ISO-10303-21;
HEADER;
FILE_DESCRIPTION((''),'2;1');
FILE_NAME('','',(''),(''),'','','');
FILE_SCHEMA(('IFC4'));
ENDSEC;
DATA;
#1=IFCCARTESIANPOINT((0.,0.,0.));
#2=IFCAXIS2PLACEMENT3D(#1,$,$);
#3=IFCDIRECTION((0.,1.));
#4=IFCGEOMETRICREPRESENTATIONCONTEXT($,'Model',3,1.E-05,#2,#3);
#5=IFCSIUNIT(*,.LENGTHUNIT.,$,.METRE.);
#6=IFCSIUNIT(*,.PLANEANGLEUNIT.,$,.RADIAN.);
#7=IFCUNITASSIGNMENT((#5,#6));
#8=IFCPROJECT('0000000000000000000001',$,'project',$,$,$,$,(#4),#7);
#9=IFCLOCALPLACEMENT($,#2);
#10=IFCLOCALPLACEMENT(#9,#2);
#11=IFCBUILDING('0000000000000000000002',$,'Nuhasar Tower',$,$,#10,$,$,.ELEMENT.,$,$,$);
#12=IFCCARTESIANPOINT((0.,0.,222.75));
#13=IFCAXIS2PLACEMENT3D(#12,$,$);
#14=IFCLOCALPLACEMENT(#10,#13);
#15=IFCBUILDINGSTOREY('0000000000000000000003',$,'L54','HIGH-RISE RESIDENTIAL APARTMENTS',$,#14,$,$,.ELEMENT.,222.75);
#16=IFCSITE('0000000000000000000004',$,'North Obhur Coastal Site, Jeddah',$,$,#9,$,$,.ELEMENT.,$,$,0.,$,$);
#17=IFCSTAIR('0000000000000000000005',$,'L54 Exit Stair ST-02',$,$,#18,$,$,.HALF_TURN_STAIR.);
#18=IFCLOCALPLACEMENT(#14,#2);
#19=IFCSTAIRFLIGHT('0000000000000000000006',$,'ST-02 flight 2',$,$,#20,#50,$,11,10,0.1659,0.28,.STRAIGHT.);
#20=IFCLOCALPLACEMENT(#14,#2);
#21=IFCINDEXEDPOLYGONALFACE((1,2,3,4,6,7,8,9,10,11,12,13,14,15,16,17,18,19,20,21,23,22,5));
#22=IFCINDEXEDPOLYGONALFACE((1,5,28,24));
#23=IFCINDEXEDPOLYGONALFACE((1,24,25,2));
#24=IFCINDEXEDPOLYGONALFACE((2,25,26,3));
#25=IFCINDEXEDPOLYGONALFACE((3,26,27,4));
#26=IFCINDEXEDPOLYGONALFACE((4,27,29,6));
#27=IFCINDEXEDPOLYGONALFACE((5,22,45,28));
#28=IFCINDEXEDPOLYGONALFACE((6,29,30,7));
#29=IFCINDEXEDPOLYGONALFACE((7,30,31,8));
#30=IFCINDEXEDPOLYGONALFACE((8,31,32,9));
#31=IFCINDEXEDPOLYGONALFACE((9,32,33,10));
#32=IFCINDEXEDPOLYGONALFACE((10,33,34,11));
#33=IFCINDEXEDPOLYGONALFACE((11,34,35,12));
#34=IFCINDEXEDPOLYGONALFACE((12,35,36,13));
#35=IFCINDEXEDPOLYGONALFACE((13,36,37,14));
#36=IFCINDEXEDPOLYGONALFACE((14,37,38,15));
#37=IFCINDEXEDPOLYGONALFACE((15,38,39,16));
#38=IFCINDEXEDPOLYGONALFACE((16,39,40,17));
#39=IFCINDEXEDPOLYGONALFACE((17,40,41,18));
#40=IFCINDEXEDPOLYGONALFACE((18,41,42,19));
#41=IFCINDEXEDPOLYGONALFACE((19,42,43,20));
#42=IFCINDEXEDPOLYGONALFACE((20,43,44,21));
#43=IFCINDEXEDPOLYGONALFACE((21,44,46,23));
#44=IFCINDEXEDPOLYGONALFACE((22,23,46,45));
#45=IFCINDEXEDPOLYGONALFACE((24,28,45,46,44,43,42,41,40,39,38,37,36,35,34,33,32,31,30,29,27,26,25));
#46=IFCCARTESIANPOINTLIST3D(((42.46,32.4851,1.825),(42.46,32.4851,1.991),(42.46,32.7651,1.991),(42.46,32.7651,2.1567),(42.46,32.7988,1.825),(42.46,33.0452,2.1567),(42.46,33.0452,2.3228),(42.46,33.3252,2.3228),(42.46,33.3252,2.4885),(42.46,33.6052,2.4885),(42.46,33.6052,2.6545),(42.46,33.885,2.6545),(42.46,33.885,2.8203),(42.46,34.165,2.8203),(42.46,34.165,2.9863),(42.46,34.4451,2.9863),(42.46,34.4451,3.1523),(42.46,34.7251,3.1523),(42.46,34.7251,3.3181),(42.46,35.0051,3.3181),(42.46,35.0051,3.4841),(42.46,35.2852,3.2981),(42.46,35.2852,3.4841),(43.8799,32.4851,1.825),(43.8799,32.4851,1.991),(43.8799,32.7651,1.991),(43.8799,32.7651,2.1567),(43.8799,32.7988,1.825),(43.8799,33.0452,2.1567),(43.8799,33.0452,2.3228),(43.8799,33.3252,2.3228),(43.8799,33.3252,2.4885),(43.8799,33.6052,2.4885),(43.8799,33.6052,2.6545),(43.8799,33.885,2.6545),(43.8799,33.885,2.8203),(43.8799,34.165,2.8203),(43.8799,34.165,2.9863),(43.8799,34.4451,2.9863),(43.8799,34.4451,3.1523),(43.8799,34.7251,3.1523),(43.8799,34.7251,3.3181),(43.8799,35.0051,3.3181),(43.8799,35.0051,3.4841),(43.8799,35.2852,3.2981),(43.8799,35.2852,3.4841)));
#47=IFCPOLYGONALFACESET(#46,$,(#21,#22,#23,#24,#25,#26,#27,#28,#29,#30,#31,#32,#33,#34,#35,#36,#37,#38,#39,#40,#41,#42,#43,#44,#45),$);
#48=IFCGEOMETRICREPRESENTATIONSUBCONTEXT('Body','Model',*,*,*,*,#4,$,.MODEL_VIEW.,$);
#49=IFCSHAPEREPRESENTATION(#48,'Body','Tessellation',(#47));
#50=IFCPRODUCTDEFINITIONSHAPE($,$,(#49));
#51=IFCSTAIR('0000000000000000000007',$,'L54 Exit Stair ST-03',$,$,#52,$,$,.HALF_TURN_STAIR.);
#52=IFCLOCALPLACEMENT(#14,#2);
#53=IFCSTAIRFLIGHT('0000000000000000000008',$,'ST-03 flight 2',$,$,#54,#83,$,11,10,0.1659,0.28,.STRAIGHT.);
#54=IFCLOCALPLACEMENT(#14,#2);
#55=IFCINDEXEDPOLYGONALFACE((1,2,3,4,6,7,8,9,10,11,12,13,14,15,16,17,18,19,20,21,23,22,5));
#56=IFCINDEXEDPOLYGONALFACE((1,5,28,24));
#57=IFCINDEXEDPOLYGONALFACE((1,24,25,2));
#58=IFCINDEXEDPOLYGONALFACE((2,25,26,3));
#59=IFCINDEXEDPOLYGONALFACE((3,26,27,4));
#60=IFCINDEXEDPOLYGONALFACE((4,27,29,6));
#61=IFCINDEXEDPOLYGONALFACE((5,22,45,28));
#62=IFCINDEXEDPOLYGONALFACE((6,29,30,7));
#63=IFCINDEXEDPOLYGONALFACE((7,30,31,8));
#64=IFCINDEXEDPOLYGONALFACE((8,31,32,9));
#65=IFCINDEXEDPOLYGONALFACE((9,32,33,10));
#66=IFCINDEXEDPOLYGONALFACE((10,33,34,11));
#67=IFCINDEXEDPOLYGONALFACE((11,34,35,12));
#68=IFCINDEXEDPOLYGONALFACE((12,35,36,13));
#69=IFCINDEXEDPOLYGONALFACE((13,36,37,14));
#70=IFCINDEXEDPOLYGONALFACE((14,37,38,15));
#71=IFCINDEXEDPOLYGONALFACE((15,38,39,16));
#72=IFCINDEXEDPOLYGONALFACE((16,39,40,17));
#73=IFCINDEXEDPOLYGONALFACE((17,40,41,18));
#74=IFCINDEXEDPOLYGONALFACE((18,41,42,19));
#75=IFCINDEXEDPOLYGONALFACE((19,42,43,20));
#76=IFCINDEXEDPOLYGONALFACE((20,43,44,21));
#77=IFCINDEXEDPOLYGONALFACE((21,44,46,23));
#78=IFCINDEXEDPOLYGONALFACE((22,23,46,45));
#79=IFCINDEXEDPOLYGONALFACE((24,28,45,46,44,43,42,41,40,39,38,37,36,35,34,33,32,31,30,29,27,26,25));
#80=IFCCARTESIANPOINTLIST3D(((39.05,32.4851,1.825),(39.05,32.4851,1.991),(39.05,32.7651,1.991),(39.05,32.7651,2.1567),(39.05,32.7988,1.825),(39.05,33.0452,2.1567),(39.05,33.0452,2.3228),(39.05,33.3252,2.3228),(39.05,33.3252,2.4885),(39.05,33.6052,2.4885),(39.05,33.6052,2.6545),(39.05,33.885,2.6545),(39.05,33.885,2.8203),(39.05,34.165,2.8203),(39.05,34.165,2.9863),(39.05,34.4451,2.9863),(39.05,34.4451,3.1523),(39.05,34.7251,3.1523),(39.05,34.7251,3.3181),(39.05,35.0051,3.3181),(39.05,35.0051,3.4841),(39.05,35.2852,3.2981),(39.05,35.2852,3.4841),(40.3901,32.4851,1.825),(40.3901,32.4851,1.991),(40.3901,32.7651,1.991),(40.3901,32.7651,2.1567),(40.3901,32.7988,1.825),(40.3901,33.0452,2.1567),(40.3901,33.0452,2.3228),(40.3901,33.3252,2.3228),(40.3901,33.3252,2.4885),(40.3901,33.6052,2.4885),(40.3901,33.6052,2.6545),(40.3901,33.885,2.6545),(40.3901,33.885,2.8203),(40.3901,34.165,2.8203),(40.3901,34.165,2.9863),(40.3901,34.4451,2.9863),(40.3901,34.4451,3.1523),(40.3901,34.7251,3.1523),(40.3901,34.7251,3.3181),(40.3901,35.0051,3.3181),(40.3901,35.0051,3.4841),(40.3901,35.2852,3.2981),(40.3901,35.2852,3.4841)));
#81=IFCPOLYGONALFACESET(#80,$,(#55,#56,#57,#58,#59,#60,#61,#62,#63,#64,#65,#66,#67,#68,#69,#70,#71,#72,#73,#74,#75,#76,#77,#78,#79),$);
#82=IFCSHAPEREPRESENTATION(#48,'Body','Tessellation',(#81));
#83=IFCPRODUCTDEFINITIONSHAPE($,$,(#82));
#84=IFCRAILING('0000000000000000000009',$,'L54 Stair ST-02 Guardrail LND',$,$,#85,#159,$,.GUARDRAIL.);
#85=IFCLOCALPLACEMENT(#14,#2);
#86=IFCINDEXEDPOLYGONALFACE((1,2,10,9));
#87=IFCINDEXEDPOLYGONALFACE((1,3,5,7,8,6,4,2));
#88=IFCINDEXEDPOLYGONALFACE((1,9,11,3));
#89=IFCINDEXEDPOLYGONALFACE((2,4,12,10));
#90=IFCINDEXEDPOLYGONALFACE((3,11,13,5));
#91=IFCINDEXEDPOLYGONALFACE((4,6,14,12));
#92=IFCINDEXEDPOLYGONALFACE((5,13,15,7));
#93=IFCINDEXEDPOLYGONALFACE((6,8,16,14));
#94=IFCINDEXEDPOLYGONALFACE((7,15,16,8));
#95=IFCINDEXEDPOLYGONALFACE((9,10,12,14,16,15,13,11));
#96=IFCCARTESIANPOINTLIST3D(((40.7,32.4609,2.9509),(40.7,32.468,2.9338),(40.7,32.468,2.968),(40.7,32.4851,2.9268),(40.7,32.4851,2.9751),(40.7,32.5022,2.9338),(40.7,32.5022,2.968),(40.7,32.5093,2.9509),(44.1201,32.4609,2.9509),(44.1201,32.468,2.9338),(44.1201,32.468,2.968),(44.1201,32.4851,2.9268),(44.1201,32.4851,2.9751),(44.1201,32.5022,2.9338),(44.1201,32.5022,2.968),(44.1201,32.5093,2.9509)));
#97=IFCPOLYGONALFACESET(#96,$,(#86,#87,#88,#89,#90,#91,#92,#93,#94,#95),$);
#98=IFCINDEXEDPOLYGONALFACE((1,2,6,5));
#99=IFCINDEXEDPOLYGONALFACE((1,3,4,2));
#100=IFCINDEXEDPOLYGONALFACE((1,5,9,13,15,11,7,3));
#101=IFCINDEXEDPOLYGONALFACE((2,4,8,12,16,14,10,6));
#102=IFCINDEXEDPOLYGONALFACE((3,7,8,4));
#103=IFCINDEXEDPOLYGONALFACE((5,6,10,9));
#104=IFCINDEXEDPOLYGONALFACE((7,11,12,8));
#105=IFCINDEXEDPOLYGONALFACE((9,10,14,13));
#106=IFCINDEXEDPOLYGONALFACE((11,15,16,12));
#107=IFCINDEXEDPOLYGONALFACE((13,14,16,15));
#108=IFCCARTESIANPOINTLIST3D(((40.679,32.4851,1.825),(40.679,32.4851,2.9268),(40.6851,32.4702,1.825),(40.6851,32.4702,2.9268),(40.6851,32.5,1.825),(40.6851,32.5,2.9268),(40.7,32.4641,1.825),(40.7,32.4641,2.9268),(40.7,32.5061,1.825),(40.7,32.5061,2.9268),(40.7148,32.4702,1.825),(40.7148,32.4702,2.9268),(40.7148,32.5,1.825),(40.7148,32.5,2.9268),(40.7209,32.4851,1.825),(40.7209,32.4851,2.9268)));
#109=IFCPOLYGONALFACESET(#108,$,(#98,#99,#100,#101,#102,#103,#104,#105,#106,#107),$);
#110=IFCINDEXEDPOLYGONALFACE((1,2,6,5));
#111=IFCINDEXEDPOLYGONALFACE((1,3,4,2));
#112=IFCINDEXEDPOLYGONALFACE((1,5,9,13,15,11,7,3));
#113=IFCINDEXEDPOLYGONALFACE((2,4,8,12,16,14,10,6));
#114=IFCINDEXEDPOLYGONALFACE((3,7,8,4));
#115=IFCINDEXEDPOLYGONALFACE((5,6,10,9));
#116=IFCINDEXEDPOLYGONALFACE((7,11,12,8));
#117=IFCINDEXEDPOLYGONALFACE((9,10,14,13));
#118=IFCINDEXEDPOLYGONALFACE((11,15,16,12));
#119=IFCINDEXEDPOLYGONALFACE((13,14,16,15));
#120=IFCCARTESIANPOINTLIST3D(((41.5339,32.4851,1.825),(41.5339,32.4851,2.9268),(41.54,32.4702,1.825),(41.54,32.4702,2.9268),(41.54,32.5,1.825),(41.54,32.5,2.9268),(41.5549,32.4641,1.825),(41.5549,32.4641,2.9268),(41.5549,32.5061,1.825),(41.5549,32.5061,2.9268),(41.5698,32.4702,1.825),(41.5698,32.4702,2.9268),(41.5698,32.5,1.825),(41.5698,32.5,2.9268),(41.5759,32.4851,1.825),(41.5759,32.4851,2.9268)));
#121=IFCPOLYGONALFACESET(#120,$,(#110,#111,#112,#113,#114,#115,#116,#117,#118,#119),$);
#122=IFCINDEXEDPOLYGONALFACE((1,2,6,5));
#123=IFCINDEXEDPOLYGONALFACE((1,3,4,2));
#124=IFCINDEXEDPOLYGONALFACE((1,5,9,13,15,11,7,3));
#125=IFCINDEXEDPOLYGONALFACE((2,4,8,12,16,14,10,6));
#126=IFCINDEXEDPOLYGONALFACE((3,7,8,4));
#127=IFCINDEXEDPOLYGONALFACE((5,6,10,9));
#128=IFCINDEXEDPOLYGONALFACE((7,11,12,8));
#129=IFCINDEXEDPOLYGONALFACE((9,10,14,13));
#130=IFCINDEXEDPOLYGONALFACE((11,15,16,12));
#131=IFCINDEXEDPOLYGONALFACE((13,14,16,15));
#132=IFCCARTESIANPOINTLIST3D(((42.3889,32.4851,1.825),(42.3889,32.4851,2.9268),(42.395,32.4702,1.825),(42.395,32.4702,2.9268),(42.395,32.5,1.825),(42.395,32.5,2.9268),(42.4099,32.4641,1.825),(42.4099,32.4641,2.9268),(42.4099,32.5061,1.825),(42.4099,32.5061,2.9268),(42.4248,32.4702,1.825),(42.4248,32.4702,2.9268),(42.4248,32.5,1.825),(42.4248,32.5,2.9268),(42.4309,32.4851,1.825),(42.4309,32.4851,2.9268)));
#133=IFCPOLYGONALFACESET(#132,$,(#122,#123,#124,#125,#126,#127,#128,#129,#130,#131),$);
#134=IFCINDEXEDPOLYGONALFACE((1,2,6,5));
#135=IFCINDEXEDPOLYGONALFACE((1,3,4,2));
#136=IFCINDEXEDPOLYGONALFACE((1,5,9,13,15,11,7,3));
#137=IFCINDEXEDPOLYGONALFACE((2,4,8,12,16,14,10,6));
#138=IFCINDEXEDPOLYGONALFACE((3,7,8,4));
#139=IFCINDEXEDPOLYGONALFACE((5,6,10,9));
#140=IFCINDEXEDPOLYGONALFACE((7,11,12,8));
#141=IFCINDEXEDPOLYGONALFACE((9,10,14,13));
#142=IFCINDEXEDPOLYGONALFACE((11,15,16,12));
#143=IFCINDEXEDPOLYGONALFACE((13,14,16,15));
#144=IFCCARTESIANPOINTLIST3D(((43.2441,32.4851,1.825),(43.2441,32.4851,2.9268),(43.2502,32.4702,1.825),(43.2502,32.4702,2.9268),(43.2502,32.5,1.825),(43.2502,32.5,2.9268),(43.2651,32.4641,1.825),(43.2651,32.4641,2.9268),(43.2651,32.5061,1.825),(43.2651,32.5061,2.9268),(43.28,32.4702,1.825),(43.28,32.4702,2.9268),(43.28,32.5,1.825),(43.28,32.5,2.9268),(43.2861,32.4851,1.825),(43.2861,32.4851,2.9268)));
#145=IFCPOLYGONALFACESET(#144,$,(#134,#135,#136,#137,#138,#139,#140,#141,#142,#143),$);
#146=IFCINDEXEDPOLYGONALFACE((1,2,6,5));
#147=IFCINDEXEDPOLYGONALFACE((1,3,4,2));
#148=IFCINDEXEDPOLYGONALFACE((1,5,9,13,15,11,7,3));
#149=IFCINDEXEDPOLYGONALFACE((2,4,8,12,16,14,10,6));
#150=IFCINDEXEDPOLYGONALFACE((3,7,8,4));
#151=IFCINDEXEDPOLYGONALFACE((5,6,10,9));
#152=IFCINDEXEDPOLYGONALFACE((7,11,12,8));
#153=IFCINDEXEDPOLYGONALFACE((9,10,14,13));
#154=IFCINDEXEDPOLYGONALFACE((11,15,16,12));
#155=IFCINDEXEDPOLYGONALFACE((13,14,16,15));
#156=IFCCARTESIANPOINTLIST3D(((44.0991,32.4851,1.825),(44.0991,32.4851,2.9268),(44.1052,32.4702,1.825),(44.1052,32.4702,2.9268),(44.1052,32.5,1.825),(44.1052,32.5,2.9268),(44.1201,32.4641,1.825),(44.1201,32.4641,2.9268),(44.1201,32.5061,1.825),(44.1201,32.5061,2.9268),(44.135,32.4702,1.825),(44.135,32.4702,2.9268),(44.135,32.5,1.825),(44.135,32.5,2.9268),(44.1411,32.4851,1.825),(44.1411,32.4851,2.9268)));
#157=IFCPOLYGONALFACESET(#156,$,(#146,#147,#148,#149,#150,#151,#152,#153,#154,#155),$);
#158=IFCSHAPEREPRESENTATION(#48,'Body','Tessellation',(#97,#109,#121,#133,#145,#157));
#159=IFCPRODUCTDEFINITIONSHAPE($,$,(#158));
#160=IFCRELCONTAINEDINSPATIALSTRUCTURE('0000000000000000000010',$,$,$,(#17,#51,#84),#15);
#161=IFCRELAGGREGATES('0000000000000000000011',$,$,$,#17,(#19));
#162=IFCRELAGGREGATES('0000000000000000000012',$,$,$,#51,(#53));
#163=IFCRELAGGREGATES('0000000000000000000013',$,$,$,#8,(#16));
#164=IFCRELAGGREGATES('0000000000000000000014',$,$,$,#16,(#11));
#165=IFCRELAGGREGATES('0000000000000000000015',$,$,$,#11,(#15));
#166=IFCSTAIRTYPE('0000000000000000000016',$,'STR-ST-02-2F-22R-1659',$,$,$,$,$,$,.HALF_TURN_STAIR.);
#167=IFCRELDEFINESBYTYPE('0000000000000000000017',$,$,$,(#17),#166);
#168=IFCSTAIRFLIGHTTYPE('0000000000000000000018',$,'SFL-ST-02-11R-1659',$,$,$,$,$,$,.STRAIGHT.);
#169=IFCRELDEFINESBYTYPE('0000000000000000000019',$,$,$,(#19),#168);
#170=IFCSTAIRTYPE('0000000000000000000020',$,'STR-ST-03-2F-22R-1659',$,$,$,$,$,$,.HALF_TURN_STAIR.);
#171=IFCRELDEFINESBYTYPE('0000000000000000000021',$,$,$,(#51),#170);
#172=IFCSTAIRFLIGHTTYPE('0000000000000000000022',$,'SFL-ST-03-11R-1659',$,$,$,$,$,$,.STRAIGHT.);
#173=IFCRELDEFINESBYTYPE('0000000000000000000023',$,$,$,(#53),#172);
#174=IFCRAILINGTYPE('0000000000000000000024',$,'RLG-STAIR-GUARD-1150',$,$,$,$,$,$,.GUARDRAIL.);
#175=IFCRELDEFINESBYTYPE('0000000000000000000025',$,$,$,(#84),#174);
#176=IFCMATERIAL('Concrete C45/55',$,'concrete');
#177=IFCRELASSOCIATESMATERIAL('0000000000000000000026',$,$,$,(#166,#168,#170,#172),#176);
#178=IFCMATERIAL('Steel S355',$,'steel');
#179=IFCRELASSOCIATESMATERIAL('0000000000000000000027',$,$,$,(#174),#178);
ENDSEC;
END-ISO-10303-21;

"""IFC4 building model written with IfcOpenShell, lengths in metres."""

from ifc_helpers import new_model, si_unit, direction, frame, origin, place, context, subcontext, project, spatial, polyline, outline, extrude, material, type_object, element, aggregate, save


model = new_model("IFC4")

# Units and contexts
model_context = context("Model", 3, precision=1e-05, world=origin(), true_north=direction((0.0, 1.0)))
body_context = subcontext(model_context, "Body", "Model", "MODEL_VIEW")
ifc_project = project(units=[si_unit("LENGTHUNIT", "METRE"), si_unit("PLANEANGLEUNIT", "RADIAN")], contexts=[model_context])

# Site, building, storey
site_placement = place(None, origin())
site = spatial("IfcSite", under=ifc_project, at=site_placement, Name="North Obhur Coastal Site, Jeddah", CompositionType="ELEMENT", RefElevation=0.0)
building_placement = place(site_placement, origin())
building = spatial("IfcBuilding", under=site, at=building_placement, Name="Nuhasar Tower", CompositionType="ELEMENT")
storey_placement = place(building_placement, frame((0.0, 0.0, 222.75)))
storey = spatial("IfcBuildingStorey", under=building, at=storey_placement, Name="L54", Description="HIGH-RISE RESIDENTIAL APARTMENTS", CompositionType="ELEMENT", Elevation=222.75)

# Shared definitions
ifc_material_1 = material(Name="Steel S355", Category="steel")

# Shared definitions
ifc_material_2 = material(Name="Concrete C45/55", Category="concrete")

# Stair, stair flight
stair_type_1 = type_object("IfcStairType", Name="STR-ST-02-2F-22R-1659", PredefinedType="HALF_TURN_STAIR", material=ifc_material_2)
stair_1_placement = place(storey_placement, origin())
stair_1 = element("IfcStair", 1, at=stair_1_placement, inside=storey, type_object=stair_type_1, Name="L54 Exit Stair ST-02", PredefinedType="HALF_TURN_STAIR")
stair_flight_type_1 = type_object("IfcStairFlightType", Name="SFL-ST-02-11R-1659", PredefinedType="STRAIGHT", material=ifc_material_2)
stair_flight_1_placement = place(storey_placement, frame((43.1699, 32.4851, 1.825), z_axis=(0.0, 0.0, 1.0), x_axis=(0.0, 1.0, 0.0)))
stair_flight_1 = element("IfcStairFlight", 2, at=stair_flight_1_placement, type_object=stair_flight_type_1, Name="ST-02 flight 2", NumberOfRisers=11, NumberOfTreads=10, PredefinedType="STRAIGHT", RiserHeight=0.1659, TreadLength=0.28, context=body_context, shape_type="SweptSolid", body=[
    extrude(outline(polyline([(0.0, 0.0), (0.0, 0.166), (0.28, 0.166), (0.28, 0.3318), (0.5601, 0.3318), (0.5601, 0.4978), (0.8401, 0.4978), (0.8401, 0.6636), (1.1201, 0.6636), (1.1201, 0.8296), (1.3999, 0.8296), (1.3999, 0.9954), (1.6799, 0.9954), (1.6799, 1.1614), (1.96, 1.1614), (1.96, 1.3274), (2.24, 1.3274), (2.24, 1.4932), (2.52, 1.4932), (2.52, 1.6592), (2.8, 1.6592), (2.8, 1.825), (2.8, 1.4731), (0.3137, 0.0), (0.0, 0.0)])), frame((0.0, 0.71, 0.0), z_axis=(0.0, -1.0, 0.0), x_axis=(1.0, 0.0, 0.0)), (0.0, 0.0, 1.0), 1.4199),
])
aggregate(stair_1, [stair_flight_1])

# Stair, stair flight
stair_type_2 = type_object("IfcStairType", Name="STR-ST-03-2F-22R-1659", PredefinedType="HALF_TURN_STAIR", material=ifc_material_2)
stair_2_placement = place(storey_placement, origin())
stair_2 = element("IfcStair", 3, at=stair_2_placement, inside=storey, type_object=stair_type_2, Name="L54 Exit Stair ST-03", PredefinedType="HALF_TURN_STAIR")
stair_flight_type_2 = type_object("IfcStairFlightType", Name="SFL-ST-03-11R-1659", PredefinedType="STRAIGHT", material=ifc_material_2)
stair_flight_2_placement = place(storey_placement, frame((39.72, 32.4851, 1.825), z_axis=(0.0, 0.0, 1.0), x_axis=(0.0, 1.0, 0.0)))
stair_flight_2 = element("IfcStairFlight", 4, at=stair_flight_2_placement, type_object=stair_flight_type_2, Name="ST-03 flight 2", NumberOfRisers=11, NumberOfTreads=10, PredefinedType="STRAIGHT", RiserHeight=0.1659, TreadLength=0.28, context=body_context, shape_type="SweptSolid", body=[
    extrude(outline(polyline([(0.0, 0.0), (0.0, 0.166), (0.28, 0.166), (0.28, 0.3318), (0.5601, 0.3318), (0.5601, 0.4978), (0.8401, 0.4978), (0.8401, 0.6636), (1.1201, 0.6636), (1.1201, 0.8296), (1.3999, 0.8296), (1.3999, 0.9954), (1.6799, 0.9954), (1.6799, 1.1614), (1.96, 1.1614), (1.96, 1.3274), (2.24, 1.3274), (2.24, 1.4932), (2.52, 1.4932), (2.52, 1.6592), (2.8, 1.6592), (2.8, 1.825), (2.8, 1.4731), (0.3137, 0.0), (0.0, 0.0)])), frame((0.0, 0.6699, 0.0), z_axis=(0.0, -1.0, 0.0), x_axis=(1.0, 0.0, 0.0)), (0.0, 0.0, 1.0), 1.3401),
])
aggregate(stair_2, [stair_flight_2])

# Railing
railing_type_1 = type_object("IfcRailingType", Name="RLG-STAIR-GUARD-1150", PredefinedType="GUARDRAIL", material=ifc_material_1)
railing_1_placement = place(storey_placement, frame((40.7, 32.4851, 1.825)))
element("IfcRailing", 5, at=railing_1_placement, inside=storey, type_object=railing_type_1, Name="L54 Stair ST-02 Guardrail LND", PredefinedType="GUARDRAIL", context=body_context, shape_type="SweptSolid", body=[
    extrude(outline(polyline([(0.0242, 0.0), (0.0171, 0.0171), (0.0, 0.0242), (-0.0171, 0.0171), (-0.0242, 0.0), (-0.0171, -0.0171), (0.0, -0.0242), (0.0171, -0.0171), (0.0242, 0.0)])), frame((0.0, 0.0, 1.126), z_axis=(1.0, 0.0, 0.0), x_axis=(0.0, 1.0, 0.0)), (0.0, 0.0, 1.0), 3.4202),
    extrude(outline(polyline([(0.021, 0.0), (0.0149, 0.0149), (0.0, 0.021), (-0.0149, 0.0149), (-0.021, 0.0), (-0.0149, -0.0149), (0.0, -0.021), (0.0149, -0.0149), (0.021, 0.0)])), origin(), (0.0, 0.0, 1.0), 1.1018),
    extrude(outline(polyline([(0.021, 0.0), (0.0149, 0.0149), (0.0, 0.021), (-0.0149, 0.0149), (-0.021, 0.0), (-0.0149, -0.0149), (0.0, -0.021), (0.0149, -0.0149), (0.021, 0.0)])), frame((0.855, 0.0, 0.0)), (0.0, 0.0, 1.0), 1.1018),
    extrude(outline(polyline([(0.021, 0.0), (0.0149, 0.0149), (0.0, 0.021), (-0.0149, 0.0149), (-0.021, 0.0), (-0.0149, -0.0149), (0.0, -0.021), (0.0149, -0.0149), (0.021, 0.0)])), frame((1.71, 0.0, 0.0)), (0.0, 0.0, 1.0), 1.1018),
    extrude(outline(polyline([(0.021, 0.0), (0.0149, 0.0149), (0.0, 0.021), (-0.0149, 0.0149), (-0.021, 0.0), (-0.0149, -0.0149), (0.0, -0.021), (0.0149, -0.0149), (0.021, 0.0)])), frame((2.5652, 0.0, 0.0)), (0.0, 0.0, 1.0), 1.1018),
    extrude(outline(polyline([(0.021, 0.0), (0.0149, 0.0149), (0.0, 0.021), (-0.0149, 0.0149), (-0.021, 0.0), (-0.0149, -0.0149), (0.0, -0.021), (0.0149, -0.0149), (0.021, 0.0)])), frame((3.4202, 0.0, 0.0)), (0.0, 0.0, 1.0), 1.1018),
])

save(model, "model.ifc")
